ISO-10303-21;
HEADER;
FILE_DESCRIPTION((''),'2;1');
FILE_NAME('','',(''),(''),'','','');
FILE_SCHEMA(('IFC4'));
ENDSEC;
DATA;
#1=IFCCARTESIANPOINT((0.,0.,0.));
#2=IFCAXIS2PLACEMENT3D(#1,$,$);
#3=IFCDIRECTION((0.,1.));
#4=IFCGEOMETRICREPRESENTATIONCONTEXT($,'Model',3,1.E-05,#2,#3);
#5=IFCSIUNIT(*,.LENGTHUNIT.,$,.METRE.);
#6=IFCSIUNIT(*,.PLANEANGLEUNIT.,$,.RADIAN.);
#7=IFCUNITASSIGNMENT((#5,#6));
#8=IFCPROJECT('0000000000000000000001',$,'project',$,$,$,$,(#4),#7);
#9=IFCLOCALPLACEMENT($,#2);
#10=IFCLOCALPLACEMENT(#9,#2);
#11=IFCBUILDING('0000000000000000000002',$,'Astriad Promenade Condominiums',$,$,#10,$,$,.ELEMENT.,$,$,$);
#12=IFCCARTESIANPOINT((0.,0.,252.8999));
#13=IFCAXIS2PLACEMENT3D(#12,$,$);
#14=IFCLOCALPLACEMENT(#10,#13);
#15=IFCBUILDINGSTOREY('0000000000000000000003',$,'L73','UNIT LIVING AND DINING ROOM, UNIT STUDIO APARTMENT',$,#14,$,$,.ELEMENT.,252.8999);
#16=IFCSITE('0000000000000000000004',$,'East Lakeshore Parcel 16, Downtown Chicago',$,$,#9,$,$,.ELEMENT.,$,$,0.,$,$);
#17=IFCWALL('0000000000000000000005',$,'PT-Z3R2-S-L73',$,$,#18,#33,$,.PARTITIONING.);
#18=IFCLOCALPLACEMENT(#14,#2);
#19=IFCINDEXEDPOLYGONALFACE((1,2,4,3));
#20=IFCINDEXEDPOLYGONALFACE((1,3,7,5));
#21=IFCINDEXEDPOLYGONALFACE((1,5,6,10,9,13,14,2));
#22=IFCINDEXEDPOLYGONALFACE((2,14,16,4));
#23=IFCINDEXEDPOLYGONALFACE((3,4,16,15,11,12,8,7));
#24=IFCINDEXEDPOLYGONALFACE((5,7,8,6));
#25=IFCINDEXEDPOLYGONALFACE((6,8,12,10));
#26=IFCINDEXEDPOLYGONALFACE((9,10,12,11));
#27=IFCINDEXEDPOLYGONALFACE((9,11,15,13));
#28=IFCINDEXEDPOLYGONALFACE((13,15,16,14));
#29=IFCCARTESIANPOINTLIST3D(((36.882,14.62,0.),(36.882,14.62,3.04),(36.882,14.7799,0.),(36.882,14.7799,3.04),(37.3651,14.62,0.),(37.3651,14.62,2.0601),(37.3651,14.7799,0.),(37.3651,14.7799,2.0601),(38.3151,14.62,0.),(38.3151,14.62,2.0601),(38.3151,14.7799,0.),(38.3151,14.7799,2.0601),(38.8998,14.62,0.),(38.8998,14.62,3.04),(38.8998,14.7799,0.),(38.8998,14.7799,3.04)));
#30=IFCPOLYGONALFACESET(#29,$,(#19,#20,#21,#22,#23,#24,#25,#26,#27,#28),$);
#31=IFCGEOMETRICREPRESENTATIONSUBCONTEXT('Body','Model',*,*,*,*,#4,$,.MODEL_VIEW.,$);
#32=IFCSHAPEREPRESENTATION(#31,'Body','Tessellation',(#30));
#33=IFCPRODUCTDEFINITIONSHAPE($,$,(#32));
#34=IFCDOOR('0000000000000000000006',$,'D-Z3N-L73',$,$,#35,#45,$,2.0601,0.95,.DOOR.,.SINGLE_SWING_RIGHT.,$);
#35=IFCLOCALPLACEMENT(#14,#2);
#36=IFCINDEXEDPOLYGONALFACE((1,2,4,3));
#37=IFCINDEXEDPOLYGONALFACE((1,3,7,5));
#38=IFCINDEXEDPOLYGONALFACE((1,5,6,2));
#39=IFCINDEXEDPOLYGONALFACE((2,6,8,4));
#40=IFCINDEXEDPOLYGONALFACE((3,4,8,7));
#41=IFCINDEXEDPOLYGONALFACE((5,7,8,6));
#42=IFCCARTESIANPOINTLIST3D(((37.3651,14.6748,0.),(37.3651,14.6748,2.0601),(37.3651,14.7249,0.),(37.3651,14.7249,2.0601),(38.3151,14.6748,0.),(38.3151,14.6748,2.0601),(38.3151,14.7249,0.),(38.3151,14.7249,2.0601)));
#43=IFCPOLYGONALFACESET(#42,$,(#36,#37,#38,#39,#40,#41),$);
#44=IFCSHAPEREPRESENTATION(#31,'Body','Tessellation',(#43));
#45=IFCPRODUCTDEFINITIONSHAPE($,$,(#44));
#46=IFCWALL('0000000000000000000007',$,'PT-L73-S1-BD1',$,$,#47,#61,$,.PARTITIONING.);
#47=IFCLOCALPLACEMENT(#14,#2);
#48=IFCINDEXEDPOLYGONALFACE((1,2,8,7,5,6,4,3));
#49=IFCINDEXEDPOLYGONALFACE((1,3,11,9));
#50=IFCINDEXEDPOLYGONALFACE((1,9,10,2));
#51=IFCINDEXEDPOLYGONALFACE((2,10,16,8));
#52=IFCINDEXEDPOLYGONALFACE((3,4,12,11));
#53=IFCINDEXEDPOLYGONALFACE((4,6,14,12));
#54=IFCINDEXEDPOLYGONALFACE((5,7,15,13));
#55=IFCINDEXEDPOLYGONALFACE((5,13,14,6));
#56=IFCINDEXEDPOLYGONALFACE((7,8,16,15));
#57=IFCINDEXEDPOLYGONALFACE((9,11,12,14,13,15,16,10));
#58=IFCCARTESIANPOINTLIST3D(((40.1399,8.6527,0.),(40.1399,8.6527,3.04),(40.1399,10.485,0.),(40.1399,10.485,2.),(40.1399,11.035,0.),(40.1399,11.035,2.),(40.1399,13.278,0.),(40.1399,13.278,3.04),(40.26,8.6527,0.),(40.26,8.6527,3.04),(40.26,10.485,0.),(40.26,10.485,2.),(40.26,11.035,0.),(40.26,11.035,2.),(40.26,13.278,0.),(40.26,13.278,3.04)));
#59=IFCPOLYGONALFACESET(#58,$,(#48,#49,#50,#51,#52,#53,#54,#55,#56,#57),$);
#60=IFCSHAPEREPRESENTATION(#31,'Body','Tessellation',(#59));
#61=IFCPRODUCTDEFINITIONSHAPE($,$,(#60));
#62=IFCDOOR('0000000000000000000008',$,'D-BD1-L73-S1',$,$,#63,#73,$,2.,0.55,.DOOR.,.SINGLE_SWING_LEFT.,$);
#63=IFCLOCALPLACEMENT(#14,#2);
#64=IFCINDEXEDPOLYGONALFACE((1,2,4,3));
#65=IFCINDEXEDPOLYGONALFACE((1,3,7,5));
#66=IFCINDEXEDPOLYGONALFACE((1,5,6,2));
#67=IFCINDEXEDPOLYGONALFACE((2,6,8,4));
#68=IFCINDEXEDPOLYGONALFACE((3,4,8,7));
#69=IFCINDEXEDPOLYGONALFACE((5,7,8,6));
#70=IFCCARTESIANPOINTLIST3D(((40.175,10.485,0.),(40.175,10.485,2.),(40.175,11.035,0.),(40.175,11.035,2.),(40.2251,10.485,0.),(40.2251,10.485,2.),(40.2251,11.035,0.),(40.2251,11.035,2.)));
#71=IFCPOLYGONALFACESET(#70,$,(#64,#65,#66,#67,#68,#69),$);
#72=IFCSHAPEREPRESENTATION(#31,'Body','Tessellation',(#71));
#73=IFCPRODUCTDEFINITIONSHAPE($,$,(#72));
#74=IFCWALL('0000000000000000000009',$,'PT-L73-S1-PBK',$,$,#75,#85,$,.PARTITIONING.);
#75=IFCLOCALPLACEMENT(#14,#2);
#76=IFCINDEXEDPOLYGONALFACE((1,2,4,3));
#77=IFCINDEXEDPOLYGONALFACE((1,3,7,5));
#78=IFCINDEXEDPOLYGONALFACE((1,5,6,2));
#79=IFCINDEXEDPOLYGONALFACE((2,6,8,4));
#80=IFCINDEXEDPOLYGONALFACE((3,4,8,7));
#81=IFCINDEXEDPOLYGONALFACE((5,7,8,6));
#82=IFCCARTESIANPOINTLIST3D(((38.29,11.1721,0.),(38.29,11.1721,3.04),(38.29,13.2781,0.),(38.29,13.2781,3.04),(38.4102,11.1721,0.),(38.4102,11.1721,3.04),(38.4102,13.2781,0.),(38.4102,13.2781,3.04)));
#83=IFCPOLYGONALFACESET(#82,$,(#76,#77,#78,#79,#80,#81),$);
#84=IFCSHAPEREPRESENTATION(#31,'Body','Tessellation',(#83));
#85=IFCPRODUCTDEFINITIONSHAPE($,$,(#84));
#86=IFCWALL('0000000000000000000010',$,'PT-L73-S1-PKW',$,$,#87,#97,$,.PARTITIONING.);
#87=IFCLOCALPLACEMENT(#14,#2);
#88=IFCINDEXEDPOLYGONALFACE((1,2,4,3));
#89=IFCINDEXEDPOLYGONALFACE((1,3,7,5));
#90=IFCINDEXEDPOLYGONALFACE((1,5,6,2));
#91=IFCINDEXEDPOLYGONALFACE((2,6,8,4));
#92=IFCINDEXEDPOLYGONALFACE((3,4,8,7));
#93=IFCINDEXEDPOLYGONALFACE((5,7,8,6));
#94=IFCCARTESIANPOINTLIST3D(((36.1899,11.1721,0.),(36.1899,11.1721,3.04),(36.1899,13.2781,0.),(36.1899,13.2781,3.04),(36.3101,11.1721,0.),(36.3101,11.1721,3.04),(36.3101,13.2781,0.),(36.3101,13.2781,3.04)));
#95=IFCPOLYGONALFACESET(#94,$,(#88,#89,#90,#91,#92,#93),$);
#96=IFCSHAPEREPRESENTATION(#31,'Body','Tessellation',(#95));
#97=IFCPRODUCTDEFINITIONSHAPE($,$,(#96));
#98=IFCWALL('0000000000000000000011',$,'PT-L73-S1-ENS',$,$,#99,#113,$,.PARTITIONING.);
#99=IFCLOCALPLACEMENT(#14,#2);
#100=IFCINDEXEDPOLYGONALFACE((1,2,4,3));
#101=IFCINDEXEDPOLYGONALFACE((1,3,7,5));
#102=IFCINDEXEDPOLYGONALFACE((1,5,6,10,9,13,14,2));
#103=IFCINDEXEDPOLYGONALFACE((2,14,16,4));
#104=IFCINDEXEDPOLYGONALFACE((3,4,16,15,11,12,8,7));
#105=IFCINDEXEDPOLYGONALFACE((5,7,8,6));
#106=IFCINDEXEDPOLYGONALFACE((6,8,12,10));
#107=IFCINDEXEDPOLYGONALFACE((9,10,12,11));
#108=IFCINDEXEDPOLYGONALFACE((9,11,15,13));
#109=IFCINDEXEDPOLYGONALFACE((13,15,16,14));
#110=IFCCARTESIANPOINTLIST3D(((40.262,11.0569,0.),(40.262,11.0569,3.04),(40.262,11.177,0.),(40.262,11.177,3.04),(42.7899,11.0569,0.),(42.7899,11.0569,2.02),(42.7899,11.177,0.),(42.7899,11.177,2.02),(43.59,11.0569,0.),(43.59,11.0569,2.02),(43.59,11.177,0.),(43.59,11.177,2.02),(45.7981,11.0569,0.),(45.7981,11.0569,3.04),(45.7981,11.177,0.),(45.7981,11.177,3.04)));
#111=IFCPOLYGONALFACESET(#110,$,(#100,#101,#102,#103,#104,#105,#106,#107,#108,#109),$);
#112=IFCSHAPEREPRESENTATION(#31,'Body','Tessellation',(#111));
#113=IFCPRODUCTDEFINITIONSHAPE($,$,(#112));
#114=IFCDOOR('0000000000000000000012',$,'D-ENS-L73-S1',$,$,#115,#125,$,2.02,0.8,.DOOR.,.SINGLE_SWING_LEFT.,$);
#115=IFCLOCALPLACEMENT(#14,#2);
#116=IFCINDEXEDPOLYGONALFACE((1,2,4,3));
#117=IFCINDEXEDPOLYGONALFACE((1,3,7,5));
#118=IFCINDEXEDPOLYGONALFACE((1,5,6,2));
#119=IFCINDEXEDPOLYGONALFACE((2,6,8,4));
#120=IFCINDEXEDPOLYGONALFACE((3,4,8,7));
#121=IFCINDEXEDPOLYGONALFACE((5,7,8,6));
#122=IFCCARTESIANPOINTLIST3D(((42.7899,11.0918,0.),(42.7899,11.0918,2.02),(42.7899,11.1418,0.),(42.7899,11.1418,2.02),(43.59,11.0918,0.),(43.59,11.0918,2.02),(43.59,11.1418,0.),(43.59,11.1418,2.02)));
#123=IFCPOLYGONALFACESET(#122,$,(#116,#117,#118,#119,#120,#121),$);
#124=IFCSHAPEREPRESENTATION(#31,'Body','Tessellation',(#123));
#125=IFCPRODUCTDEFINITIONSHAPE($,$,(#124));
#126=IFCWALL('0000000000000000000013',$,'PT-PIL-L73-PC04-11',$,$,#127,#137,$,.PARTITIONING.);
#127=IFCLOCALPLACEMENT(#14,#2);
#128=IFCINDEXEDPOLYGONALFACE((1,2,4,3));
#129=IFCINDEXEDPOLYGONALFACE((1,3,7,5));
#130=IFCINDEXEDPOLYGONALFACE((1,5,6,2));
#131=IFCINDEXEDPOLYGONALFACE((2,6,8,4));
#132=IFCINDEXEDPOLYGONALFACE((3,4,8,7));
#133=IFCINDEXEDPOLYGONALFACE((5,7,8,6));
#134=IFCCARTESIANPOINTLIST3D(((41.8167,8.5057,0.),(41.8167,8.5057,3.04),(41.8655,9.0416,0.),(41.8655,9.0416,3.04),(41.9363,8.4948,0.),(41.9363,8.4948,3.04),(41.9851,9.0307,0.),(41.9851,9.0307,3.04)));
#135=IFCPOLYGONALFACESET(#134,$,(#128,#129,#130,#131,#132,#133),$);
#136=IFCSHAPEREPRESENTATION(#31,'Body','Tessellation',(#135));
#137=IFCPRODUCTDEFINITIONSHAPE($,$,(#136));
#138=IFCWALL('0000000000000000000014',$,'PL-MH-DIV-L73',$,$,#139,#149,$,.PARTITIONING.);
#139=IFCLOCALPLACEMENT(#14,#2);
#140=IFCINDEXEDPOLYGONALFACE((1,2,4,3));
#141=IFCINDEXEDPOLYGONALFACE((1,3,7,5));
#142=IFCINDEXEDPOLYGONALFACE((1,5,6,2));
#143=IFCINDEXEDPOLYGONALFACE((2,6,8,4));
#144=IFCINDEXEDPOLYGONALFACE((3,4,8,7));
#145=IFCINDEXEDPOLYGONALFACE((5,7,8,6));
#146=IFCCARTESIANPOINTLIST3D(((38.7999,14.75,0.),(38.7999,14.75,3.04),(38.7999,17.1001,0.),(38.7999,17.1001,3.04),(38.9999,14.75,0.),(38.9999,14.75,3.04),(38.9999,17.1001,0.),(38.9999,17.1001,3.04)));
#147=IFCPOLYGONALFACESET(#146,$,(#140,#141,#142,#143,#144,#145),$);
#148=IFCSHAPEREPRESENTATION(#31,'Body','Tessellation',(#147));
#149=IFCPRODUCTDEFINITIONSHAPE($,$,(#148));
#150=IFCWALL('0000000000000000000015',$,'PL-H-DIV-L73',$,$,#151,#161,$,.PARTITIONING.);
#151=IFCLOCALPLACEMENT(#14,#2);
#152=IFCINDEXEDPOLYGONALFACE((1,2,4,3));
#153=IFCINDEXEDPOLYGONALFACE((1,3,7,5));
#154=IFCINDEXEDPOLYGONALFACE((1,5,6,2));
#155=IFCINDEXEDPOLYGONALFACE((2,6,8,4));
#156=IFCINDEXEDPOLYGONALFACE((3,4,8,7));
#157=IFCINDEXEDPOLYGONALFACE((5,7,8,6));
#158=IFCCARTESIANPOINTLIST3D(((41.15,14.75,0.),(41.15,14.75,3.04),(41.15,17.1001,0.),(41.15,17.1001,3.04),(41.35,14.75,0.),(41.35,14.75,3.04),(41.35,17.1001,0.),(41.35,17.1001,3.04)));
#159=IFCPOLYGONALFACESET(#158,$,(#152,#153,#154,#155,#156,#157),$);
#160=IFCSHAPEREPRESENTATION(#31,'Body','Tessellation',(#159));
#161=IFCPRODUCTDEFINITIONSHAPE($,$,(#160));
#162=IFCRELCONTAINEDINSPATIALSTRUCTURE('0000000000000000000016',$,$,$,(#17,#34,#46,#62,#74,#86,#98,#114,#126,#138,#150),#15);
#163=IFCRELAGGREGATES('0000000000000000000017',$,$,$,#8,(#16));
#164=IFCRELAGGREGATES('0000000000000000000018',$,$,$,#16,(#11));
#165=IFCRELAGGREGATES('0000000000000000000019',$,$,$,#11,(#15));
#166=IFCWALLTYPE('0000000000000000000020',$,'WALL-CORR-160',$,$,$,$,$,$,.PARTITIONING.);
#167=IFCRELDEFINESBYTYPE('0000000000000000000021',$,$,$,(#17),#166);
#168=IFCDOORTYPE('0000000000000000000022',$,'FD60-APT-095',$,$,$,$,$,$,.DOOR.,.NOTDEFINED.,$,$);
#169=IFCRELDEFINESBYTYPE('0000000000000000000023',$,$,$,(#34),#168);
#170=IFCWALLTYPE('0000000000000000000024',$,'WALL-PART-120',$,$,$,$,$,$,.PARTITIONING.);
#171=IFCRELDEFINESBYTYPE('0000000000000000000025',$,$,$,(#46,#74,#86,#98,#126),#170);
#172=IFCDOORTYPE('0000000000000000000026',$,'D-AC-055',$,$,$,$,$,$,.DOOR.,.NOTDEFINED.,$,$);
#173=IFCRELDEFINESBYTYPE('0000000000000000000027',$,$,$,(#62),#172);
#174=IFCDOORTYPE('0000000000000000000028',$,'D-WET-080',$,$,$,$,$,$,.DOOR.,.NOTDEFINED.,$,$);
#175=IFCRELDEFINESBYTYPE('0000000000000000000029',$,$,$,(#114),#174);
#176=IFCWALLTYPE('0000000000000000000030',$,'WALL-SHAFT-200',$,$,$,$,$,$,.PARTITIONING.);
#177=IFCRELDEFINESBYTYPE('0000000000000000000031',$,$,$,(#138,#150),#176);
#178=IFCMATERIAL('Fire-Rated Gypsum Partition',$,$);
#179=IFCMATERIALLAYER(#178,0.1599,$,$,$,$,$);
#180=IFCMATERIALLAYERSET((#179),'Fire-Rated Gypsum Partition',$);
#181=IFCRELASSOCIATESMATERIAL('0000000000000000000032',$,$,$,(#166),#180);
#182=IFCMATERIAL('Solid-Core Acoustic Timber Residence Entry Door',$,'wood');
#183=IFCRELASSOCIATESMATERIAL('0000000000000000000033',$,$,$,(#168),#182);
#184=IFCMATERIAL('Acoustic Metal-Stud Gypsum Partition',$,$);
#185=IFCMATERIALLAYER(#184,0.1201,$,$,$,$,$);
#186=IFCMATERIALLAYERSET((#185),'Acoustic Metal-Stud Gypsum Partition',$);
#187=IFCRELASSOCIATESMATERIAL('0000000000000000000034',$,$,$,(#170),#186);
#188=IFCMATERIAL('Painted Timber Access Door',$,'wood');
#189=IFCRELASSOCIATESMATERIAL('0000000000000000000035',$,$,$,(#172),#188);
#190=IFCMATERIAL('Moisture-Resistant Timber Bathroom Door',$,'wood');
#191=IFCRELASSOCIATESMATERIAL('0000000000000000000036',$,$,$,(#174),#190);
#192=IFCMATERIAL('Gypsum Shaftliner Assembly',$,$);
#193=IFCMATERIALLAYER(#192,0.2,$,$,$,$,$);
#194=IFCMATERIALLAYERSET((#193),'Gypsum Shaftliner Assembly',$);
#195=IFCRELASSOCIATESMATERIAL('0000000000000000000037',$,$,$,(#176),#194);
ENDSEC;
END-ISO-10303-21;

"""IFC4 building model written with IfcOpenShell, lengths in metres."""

from ifc_helpers import new_model, si_unit, direction, frame, frame_2d, origin, place, context, subcontext, project, spatial, rectangle, extrude, source, transform, mapped, material, layer, layer_set, type_object, type_shapes, element, fill, save


model = new_model("IFC4")

# Units and contexts
model_context = context("Model", 3, precision=1e-05, world=origin(), true_north=direction((0.0, 1.0)))
body_context = subcontext(model_context, "Body", "Model", "MODEL_VIEW")
ifc_project = project(units=[si_unit("LENGTHUNIT", "METRE"), si_unit("PLANEANGLEUNIT", "RADIAN")], contexts=[model_context])

# Site, building, storey
site_placement = place(None, origin())
site = spatial("IfcSite", under=ifc_project, at=site_placement, Name="East Lakeshore Parcel 16, Downtown Chicago", CompositionType="ELEMENT", RefElevation=0.0)
building_placement = place(site_placement, origin())
building = spatial("IfcBuilding", under=site, at=building_placement, Name="Astriad Promenade Condominiums", CompositionType="ELEMENT")
storey_placement = place(building_placement, frame((0.0, 0.0, 252.8999)))
storey = spatial("IfcBuildingStorey", under=building, at=storey_placement, Name="L73", Description="UNIT LIVING AND DINING ROOM, UNIT STUDIO APARTMENT", CompositionType="ELEMENT", Elevation=252.8999)

# Shared definitions
ifc_material_1 = material(Name="Fire-Rated Gypsum Partition")
ifc_layer_1 = layer(ifc_material_1, 0.1599)
ifc_layer_set_1 = layer_set([ifc_layer_1], Name="Fire-Rated Gypsum Partition")
wall_type_1 = type_object("IfcWallType", Name="WALL-CORR-160", PredefinedType="PARTITIONING", material=ifc_layer_set_1)

# Walls, openings, doors
wall_1_placement = place(storey_placement, frame((36.8821, 14.7, 0.0), z_axis=(0.0, 0.0, 1.0), x_axis=(1.0, 0.0, 0.0)))
wall_1 = element("IfcWall", 1, at=wall_1_placement, inside=storey, type_object=wall_type_1, Name="PT-Z3R2-S-L73", PredefinedType="PARTITIONING", context=body_context, shape_type="SweptSolid", body=[
    extrude(rectangle(XDim=2.0178, YDim=0.1599, at=frame_2d((1.0088, 0.0))), origin(), (0.0, 0.0, 1.0), 3.04),
])
opening_1_placement = place(wall_1_placement, frame((0.4829, 0.0, 0.0)))
opening_1 = element("IfcOpeningElement", 2, at=opening_1_placement, cuts=wall_1, PredefinedType="OPENING", context=body_context, shape_type="SweptSolid", body=[
    extrude(rectangle(XDim=0.95, YDim=2.0601, at=frame_2d((0.4751, 1.03))), frame((0.0, 0.0898, 0.0), z_axis=(0.0, -1.0, 0.0), x_axis=(1.0, 0.0, 0.0)), (0.0, 0.0, 1.0), 0.1799),
])
ifc_material_2 = material(Name="Solid-Core Acoustic Timber Residence Entry Door", Category="wood")
door_type_1 = type_object("IfcDoorType", Name="FD60-APT-095", OperationType="NOTDEFINED", PredefinedType="DOOR", material=ifc_material_2)
shared_shape_1 = source(origin(), body_context, "Body", "SweptSolid", [
    extrude(rectangle(XDim=0.95, YDim=2.0601, at=frame_2d((0.4751, 1.03))), frame((0.0, 0.0249, 0.0), z_axis=(0.0, -1.0, 0.0), x_axis=(1.0, 0.0, 0.0)), (0.0, 0.0, 1.0), 0.05),
])
type_shapes(door_type_1, [shared_shape_1])
door_1_placement = place(opening_1_placement, origin())
door_1 = element("IfcDoor", 3, at=door_1_placement, inside=storey, type_object=door_type_1, Name="D-Z3N-L73", OperationType="SINGLE_SWING_RIGHT", OverallHeight=2.0601, OverallWidth=0.95, PredefinedType="DOOR", context=body_context, shape_type="MappedRepresentation", body=[
    mapped(shared_shape_1, transform((0.0, 0.0, 0.0), scale=1.0)),
])
fill(opening_1, door_1)
ifc_material_3 = material(Name="Acoustic Metal-Stud Gypsum Partition")
ifc_layer_2 = layer(ifc_material_3, 0.1201)
ifc_layer_set_2 = layer_set([ifc_layer_2], Name="Acoustic Metal-Stud Gypsum Partition")
wall_type_2 = type_object("IfcWallType", Name="WALL-PART-120", PredefinedType="PARTITIONING", material=ifc_layer_set_2)
wall_2_placement = place(storey_placement, frame((40.2, 8.6528, 0.0), z_axis=(0.0, 0.0, 1.0), x_axis=(0.0, 1.0, 0.0)))
wall_2 = element("IfcWall", 4, at=wall_2_placement, inside=storey, type_object=wall_type_2, Name="PT-L73-S1-BD1", PredefinedType="PARTITIONING", context=body_context, shape_type="SweptSolid", body=[
    extrude(rectangle(XDim=4.6252, YDim=0.1201, at=frame_2d((2.3125, 0.0))), origin(), (0.0, 0.0, 1.0), 3.04),
])
opening_2_placement = place(wall_2_placement, frame((1.8323, 0.0, 0.0)))
opening_2 = element("IfcOpeningElement", 5, at=opening_2_placement, cuts=wall_2, PredefinedType="OPENING", context=body_context, shape_type="SweptSolid", body=[
    extrude(rectangle(XDim=0.55, YDim=2.0, at=frame_2d((0.2749, 1.0))), frame((0.0, 0.0701, 0.0), z_axis=(0.0, -1.0, 0.0), x_axis=(1.0, 0.0, 0.0)), (0.0, 0.0, 1.0), 0.1401),
])
ifc_material_4 = material(Name="Painted Timber Access Door", Category="wood")
door_type_2 = type_object("IfcDoorType", Name="D-AC-055", OperationType="NOTDEFINED", PredefinedType="DOOR", material=ifc_material_4)
shared_shape_2 = source(origin(), body_context, "Body", "SweptSolid", [
    extrude(rectangle(XDim=0.55, YDim=2.0, at=frame_2d((0.2749, 1.0))), frame((0.0, 0.0249, 0.0), z_axis=(0.0, -1.0, 0.0), x_axis=(1.0, 0.0, 0.0)), (0.0, 0.0, 1.0), 0.05),
])
type_shapes(door_type_2, [shared_shape_2])
door_2_placement = place(opening_2_placement, origin())
door_2 = element("IfcDoor", 6, at=door_2_placement, inside=storey, type_object=door_type_2, Name="D-BD1-L73-S1", OperationType="SINGLE_SWING_LEFT", OverallHeight=2.0, OverallWidth=0.55, PredefinedType="DOOR", context=body_context, shape_type="MappedRepresentation", body=[
    mapped(shared_shape_2, transform((0.0, 0.0, 0.0), scale=1.0)),
])
fill(opening_2, door_2)

# Walls
for number, where, z_axis, x_axis, name in (
    (7, (38.3501, 11.1721, 0.0), (0.0, 0.0, 1.0), (0.0, 1.0, 0.0), "PT-L73-S1-PBK"),
    (8, (36.25, 11.1721, 0.0), (0.0, 0.0, 1.0), (0.0, 1.0, 0.0), "PT-L73-S1-PKW"),
):
    element("IfcWall", number, at=place(storey_placement, frame(where, z_axis=z_axis, x_axis=x_axis)), inside=storey, type_object=wall_type_2, Name=name, PredefinedType="PARTITIONING", context=body_context, shape_type="SweptSolid", body=[
        extrude(rectangle(XDim=2.106, YDim=0.1201, at=frame_2d((1.053, 0.0))), origin(), (0.0, 0.0, 1.0), 3.04),
    ])

# Wall, opening, door
wall_3_placement = place(storey_placement, frame((40.262, 11.1169, 0.0), z_axis=(0.0, 0.0, 1.0), x_axis=(1.0, 0.0, 0.0)))
wall_3 = element("IfcWall", 9, at=wall_3_placement, inside=storey, type_object=wall_type_2, Name="PT-L73-S1-ENS", PredefinedType="PARTITIONING", context=body_context, shape_type="SweptSolid", body=[
    extrude(rectangle(XDim=5.5361, YDim=0.1201, at=frame_2d((2.7681, 0.0))), origin(), (0.0, 0.0, 1.0), 3.04),
])
opening_3_placement = place(wall_3_placement, frame((2.5281, 0.0, 0.0)))
opening_3 = element("IfcOpeningElement", 10, at=opening_3_placement, cuts=wall_3, PredefinedType="OPENING", context=body_context, shape_type="SweptSolid", body=[
    extrude(rectangle(XDim=0.8, YDim=2.02, at=frame_2d((0.3999, 1.01))), frame((0.0, 0.0701, 0.0), z_axis=(0.0, -1.0, 0.0), x_axis=(1.0, 0.0, 0.0)), (0.0, 0.0, 1.0), 0.1401),
])
ifc_material_5 = material(Name="Moisture-Resistant Timber Bathroom Door", Category="wood")
door_type_3 = type_object("IfcDoorType", Name="D-WET-080", OperationType="NOTDEFINED", PredefinedType="DOOR", material=ifc_material_5)
shared_shape_3 = source(origin(), body_context, "Body", "SweptSolid", [
    extrude(rectangle(XDim=0.8, YDim=2.02, at=frame_2d((0.3999, 1.01))), frame((0.0, 0.0249, 0.0), z_axis=(0.0, -1.0, 0.0), x_axis=(1.0, 0.0, 0.0)), (0.0, 0.0, 1.0), 0.05),
])
type_shapes(door_type_3, [shared_shape_3])
door_3_placement = place(opening_3_placement, origin())
door_3 = element("IfcDoor", 11, at=door_3_placement, inside=storey, type_object=door_type_3, Name="D-ENS-L73-S1", OperationType="SINGLE_SWING_LEFT", OverallHeight=2.02, OverallWidth=0.8, PredefinedType="DOOR", context=body_context, shape_type="MappedRepresentation", body=[
    mapped(shared_shape_3, transform((0.0, 0.0, 0.0), scale=1.0)),
])
fill(opening_3, door_3)

# Walls
wall_4_placement = place(storey_placement, frame((41.9253, 9.0361, 0.0), z_axis=(0.0, 0.0, 1.0), x_axis=(-0.09074, -0.995875, 0.0)))
element("IfcWall", 12, at=wall_4_placement, inside=storey, type_object=wall_type_2, Name="PT-PIL-L73-PC04-11", PredefinedType="PARTITIONING", context=body_context, shape_type="SweptSolid", body=[
    extrude(rectangle(XDim=0.5381, YDim=0.1201, at=frame_2d((0.269, 0.0))), origin(), (0.0, 0.0, 1.0), 3.04),
])
ifc_material_6 = material(Name="Gypsum Shaftliner Assembly")
ifc_layer_3 = layer(ifc_material_6, 0.2)
ifc_layer_set_3 = layer_set([ifc_layer_3], Name="Gypsum Shaftliner Assembly")
wall_type_3 = type_object("IfcWallType", Name="WALL-SHAFT-200", PredefinedType="PARTITIONING", material=ifc_layer_set_3)
for number, where, z_axis, x_axis, name in (
    (13, (38.8999, 14.75, 0.0), (0.0, 0.0, 1.0), (0.0, 1.0, 0.0), "PL-MH-DIV-L73"),
    (14, (41.25, 14.75, 0.0), (0.0, 0.0, 1.0), (0.0, 1.0, 0.0), "PL-H-DIV-L73"),
):
    element("IfcWall", number, at=place(storey_placement, frame(where, z_axis=z_axis, x_axis=x_axis)), inside=storey, type_object=wall_type_3, Name=name, PredefinedType="PARTITIONING", context=body_context, shape_type="SweptSolid", body=[
        extrude(rectangle(XDim=2.3501, YDim=0.2, at=frame_2d((1.175, 0.0))), origin(), (0.0, 0.0, 1.0), 3.04),
    ])

save(model, "model.ifc")
